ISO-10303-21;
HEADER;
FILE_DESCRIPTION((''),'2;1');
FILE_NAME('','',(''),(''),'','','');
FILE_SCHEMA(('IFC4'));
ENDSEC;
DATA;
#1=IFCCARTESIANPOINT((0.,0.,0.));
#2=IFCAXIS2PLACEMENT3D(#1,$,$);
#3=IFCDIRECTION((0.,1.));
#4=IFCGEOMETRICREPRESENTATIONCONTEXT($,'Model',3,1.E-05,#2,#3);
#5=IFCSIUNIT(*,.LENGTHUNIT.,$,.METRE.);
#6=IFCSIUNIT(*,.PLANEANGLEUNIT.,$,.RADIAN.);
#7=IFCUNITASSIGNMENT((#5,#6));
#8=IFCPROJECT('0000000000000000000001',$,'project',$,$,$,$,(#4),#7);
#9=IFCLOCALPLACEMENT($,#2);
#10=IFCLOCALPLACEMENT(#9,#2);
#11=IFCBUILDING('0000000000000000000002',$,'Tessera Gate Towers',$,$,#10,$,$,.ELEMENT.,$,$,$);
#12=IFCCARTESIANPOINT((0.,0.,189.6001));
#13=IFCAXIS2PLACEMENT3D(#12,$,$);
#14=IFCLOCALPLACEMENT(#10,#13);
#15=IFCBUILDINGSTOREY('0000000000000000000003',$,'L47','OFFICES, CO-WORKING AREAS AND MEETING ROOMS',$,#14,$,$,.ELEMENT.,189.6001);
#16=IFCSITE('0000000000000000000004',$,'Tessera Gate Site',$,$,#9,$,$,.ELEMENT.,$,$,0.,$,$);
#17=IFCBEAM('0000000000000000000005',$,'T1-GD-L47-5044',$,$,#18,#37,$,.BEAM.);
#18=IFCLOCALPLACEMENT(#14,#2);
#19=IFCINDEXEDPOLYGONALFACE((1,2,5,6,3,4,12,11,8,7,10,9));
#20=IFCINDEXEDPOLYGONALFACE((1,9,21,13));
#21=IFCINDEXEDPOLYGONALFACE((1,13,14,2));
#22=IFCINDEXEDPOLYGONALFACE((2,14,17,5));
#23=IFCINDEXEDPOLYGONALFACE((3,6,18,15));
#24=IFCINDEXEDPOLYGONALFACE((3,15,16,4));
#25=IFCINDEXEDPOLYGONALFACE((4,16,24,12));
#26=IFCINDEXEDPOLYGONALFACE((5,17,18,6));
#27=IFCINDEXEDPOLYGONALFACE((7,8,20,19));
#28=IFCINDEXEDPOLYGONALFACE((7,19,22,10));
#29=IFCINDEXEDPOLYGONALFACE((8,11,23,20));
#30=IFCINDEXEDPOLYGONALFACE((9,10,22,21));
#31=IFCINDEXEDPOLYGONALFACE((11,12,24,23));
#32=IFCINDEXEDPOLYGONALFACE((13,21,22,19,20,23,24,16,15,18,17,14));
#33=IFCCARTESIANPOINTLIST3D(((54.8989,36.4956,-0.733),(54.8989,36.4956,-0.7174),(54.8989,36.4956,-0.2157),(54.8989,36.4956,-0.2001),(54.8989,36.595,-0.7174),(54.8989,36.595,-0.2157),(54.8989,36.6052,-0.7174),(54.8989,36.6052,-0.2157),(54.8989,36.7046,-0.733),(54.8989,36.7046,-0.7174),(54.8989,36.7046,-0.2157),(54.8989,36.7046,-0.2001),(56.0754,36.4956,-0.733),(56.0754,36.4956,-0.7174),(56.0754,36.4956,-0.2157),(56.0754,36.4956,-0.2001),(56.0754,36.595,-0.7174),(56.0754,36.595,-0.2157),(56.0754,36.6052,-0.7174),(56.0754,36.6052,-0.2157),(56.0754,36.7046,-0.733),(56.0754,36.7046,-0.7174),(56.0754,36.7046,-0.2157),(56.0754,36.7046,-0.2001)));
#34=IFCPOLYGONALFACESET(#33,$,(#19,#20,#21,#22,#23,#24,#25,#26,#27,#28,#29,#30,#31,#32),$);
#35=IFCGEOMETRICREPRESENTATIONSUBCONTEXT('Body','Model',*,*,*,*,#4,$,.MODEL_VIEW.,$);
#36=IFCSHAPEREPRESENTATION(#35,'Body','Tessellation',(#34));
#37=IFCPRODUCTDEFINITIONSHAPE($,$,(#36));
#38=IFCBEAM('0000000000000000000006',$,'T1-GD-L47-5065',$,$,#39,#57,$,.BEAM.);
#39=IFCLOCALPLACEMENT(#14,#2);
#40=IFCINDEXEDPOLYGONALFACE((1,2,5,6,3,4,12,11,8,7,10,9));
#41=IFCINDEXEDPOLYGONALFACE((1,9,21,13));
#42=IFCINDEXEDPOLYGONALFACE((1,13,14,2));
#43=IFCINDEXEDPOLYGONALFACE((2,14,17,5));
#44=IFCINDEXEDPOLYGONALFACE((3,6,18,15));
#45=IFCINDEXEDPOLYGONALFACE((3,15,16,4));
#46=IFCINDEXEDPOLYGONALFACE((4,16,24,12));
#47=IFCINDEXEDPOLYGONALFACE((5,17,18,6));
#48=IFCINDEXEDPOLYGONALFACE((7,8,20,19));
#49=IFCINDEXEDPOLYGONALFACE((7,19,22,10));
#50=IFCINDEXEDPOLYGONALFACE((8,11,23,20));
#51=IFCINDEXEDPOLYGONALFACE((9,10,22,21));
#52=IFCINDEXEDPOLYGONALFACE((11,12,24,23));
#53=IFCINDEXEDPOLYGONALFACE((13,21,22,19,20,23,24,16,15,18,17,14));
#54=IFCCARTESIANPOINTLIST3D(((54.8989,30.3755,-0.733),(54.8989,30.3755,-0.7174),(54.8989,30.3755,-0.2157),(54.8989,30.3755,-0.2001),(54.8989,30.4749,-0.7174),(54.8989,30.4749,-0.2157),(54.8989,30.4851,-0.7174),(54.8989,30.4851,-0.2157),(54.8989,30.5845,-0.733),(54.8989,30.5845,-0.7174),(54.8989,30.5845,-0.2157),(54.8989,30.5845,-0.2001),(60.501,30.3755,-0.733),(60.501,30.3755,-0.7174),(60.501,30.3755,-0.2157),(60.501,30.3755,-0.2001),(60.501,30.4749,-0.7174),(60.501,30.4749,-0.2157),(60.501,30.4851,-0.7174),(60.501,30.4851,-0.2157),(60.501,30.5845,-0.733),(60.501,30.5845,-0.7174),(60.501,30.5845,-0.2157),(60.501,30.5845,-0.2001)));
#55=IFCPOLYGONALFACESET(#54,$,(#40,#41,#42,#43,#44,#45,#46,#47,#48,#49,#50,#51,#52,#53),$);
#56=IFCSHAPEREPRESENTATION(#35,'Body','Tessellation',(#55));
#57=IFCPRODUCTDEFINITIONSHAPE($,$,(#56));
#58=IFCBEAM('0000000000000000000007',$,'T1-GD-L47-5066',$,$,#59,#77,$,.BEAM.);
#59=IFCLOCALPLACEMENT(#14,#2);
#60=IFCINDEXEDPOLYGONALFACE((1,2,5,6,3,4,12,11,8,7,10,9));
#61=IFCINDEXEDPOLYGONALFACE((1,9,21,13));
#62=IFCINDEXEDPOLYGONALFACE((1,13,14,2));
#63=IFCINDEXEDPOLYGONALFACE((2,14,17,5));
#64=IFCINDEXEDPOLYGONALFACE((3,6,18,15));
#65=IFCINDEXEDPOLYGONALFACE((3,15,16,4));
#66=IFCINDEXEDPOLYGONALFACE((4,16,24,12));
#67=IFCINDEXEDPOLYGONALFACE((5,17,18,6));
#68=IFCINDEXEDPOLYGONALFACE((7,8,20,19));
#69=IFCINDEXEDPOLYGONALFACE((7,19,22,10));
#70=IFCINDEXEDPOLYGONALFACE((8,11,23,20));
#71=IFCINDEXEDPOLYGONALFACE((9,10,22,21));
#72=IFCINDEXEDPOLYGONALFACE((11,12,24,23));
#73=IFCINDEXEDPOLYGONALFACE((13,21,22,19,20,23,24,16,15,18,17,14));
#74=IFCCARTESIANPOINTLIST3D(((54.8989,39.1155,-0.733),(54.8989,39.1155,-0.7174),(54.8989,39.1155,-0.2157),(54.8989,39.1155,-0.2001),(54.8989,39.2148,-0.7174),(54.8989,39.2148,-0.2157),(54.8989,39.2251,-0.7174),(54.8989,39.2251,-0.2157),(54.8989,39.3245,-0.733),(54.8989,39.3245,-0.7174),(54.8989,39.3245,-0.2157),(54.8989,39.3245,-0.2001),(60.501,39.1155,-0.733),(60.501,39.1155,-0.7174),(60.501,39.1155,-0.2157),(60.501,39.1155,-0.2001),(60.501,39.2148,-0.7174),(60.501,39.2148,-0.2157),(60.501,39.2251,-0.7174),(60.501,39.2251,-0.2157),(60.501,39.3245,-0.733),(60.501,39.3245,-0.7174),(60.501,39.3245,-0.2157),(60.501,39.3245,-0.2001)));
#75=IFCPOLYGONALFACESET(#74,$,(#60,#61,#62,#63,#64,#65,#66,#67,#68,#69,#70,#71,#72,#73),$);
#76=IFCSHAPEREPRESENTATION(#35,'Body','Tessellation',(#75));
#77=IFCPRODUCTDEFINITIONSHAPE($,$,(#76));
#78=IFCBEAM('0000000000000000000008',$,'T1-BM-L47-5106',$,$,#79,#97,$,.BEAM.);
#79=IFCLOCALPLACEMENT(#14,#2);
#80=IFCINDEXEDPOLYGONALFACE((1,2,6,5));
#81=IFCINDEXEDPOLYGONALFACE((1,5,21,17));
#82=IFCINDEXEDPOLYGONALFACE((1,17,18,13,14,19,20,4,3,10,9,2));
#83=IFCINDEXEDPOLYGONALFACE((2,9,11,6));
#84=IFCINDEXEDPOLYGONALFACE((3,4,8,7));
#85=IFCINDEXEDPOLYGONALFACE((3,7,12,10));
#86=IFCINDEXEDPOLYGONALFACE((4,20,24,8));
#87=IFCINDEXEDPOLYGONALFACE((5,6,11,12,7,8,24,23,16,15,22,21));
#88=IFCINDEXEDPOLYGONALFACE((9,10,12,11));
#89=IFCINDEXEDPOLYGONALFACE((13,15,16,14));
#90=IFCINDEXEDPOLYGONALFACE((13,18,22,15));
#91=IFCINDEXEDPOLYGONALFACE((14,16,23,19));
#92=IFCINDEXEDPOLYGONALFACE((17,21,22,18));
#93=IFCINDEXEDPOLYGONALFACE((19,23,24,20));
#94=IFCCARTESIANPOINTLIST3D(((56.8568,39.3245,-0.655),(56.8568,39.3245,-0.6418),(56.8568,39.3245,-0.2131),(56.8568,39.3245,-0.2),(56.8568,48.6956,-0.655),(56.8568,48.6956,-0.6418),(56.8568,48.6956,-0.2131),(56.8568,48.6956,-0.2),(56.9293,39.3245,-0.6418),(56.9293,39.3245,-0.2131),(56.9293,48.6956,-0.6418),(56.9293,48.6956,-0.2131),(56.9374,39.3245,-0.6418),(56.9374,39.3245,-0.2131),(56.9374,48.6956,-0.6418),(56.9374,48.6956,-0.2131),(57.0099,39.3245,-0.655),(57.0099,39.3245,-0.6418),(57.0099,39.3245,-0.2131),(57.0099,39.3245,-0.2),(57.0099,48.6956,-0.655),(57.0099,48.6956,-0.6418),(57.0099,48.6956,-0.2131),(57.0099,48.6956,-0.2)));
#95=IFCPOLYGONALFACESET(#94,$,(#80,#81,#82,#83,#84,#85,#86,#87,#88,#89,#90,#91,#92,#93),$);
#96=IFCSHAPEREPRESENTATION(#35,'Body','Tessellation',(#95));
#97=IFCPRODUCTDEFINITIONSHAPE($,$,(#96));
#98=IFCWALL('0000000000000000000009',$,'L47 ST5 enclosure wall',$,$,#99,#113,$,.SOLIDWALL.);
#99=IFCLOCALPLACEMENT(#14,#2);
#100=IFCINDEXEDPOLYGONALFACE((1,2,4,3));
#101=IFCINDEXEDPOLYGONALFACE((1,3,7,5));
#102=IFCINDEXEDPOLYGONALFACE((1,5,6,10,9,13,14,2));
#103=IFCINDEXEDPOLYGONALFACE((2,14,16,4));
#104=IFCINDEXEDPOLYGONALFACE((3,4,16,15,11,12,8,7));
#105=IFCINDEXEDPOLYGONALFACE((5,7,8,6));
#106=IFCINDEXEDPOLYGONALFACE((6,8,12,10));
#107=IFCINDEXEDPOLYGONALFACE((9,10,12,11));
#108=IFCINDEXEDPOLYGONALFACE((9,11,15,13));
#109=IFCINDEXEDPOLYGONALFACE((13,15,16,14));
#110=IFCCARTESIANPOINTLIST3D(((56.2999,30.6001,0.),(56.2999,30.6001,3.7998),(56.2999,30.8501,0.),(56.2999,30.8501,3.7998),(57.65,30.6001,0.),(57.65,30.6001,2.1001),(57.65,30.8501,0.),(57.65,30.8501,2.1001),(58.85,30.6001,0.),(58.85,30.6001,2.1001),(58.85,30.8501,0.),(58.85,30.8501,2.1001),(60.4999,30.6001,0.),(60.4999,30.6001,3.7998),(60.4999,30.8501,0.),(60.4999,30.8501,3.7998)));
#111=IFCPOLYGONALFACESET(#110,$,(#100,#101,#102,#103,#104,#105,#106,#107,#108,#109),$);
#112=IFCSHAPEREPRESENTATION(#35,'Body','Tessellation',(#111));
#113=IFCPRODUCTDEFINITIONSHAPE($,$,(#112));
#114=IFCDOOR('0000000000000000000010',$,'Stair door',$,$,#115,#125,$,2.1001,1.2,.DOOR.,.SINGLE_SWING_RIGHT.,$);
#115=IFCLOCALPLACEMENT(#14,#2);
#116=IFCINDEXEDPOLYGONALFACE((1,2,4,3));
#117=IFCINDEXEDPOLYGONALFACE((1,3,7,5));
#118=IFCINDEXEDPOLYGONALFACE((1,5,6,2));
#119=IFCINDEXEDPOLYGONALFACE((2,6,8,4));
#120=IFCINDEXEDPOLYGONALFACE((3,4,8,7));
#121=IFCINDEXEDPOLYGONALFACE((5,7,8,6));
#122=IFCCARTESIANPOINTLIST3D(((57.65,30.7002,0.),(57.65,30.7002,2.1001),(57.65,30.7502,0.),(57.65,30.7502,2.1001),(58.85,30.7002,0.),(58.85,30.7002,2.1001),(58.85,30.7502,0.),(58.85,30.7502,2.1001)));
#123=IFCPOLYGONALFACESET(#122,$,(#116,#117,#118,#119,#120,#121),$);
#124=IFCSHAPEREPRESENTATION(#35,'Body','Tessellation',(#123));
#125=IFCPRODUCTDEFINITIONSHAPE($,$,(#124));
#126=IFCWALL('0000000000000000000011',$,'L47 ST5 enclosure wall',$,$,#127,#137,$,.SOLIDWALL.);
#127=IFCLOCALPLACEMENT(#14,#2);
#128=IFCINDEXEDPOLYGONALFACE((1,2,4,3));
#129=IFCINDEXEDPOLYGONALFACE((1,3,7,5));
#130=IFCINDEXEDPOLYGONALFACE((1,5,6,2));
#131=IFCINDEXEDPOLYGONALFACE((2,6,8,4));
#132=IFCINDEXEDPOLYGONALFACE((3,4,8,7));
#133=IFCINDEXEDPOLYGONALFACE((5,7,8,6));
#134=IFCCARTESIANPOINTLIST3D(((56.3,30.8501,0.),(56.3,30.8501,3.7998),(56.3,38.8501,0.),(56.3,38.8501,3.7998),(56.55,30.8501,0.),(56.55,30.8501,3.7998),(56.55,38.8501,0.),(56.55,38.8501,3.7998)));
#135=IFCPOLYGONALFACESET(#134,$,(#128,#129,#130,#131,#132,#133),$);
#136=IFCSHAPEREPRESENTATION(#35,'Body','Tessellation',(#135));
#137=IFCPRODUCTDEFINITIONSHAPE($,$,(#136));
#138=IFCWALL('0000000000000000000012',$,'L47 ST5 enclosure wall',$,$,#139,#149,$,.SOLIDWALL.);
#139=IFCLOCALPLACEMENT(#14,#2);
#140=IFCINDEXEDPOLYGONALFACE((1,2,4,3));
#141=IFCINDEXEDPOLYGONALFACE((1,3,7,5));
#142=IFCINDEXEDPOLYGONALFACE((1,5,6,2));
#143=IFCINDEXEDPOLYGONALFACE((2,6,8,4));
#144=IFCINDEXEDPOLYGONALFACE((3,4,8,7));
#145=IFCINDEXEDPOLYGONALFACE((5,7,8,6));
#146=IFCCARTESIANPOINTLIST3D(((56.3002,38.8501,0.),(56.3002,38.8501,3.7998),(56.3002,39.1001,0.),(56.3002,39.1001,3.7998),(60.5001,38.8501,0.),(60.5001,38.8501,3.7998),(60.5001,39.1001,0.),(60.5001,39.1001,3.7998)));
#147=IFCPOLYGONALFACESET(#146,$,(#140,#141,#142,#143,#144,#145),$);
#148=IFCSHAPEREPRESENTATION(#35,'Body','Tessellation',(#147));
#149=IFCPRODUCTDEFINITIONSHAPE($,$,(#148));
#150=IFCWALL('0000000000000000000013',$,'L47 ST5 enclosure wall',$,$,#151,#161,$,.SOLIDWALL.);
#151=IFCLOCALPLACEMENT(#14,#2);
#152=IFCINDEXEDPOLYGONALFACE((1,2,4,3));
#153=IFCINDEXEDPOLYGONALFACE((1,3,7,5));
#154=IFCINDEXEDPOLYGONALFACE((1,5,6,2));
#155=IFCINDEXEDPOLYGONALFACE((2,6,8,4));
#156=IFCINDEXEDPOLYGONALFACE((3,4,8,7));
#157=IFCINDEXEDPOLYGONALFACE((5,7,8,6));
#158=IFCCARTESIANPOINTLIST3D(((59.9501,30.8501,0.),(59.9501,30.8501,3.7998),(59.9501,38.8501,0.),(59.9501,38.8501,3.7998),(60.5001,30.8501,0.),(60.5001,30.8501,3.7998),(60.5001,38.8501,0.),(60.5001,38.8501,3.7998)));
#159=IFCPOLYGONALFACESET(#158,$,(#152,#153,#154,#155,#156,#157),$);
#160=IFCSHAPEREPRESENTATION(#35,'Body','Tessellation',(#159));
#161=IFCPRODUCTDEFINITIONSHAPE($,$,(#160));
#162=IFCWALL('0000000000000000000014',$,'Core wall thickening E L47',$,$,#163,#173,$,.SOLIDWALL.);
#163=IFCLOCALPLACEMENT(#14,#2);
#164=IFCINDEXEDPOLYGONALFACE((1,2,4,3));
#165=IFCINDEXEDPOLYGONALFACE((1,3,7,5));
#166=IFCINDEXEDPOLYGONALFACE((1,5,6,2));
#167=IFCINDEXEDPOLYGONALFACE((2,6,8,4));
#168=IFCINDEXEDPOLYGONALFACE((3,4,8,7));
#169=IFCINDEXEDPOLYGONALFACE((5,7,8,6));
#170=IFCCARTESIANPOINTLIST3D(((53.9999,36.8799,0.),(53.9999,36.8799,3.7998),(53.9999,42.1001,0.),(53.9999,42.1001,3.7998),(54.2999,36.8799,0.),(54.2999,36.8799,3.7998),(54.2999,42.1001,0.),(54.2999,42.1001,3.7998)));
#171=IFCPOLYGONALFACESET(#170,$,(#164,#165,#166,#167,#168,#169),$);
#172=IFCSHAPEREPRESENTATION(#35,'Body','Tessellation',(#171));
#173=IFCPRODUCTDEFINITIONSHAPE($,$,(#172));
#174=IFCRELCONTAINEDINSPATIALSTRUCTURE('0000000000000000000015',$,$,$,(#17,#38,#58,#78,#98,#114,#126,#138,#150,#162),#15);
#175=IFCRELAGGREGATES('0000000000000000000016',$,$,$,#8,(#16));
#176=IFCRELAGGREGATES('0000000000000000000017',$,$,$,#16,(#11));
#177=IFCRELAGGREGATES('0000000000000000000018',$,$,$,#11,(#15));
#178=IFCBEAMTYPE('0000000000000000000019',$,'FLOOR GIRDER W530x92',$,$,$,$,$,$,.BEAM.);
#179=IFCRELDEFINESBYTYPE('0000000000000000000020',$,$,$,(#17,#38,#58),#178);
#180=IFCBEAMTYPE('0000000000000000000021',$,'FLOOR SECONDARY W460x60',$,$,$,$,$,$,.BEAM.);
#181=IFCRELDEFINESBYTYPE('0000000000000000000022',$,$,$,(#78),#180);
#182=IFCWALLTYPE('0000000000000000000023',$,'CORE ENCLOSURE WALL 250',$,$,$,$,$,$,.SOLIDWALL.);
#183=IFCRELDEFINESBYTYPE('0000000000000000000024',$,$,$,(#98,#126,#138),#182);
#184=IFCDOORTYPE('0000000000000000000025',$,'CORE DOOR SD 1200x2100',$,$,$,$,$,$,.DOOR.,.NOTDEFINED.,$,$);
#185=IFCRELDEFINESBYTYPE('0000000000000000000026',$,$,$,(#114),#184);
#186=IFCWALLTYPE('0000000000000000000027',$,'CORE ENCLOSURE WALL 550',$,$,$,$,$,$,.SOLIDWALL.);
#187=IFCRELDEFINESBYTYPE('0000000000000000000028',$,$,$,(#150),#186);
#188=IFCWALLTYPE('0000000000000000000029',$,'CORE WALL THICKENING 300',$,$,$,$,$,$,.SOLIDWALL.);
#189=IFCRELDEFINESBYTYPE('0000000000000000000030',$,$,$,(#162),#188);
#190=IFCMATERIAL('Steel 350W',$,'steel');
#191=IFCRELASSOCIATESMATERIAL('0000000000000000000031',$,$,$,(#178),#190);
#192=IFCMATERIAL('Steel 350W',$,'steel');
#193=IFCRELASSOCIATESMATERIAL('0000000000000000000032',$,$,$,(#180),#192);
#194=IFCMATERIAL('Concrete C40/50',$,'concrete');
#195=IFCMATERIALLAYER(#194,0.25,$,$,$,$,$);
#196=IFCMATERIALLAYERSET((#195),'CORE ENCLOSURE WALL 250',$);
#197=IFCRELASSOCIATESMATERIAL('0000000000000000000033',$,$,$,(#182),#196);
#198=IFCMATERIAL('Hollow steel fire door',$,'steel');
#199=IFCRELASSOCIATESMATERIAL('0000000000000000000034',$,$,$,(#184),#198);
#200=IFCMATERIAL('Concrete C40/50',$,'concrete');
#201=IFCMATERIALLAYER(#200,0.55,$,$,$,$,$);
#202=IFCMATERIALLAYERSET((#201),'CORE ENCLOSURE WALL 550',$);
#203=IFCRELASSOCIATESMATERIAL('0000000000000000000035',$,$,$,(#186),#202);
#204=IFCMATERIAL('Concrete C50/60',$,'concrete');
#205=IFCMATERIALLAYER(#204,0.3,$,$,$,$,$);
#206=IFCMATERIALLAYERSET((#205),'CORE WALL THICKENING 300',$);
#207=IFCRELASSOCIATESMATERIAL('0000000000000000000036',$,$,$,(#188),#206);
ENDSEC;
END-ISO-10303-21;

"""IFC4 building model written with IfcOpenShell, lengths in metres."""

from ifc_helpers import new_model, si_unit, direction, frame, frame_2d, origin, origin_2d, place, context, subcontext, project, spatial, rectangle, i_section, extrude, source, transform, mapped, material, layer, layer_set, material_profile, profile_set, type_object, element, fill, save


model = new_model("IFC4")

# Units and contexts
model_context = context("Model", 3, precision=1e-05, world=origin(), true_north=direction((0.0, 1.0)))
body_context = subcontext(model_context, "Body", "Model", "MODEL_VIEW")
ifc_project = project(units=[si_unit("LENGTHUNIT", "METRE"), si_unit("PLANEANGLEUNIT", "RADIAN")], contexts=[model_context])

# Site, building, storey
site_placement = place(None, origin())
site = spatial("IfcSite", under=ifc_project, at=site_placement, Name="Tessera Gate Site", CompositionType="ELEMENT", RefElevation=0.0)
building_placement = place(site_placement, origin())
building = spatial("IfcBuilding", under=site, at=building_placement, Name="Tessera Gate Towers", CompositionType="ELEMENT")
storey_placement = place(building_placement, frame((0.0, 0.0, 189.6001)))
storey = spatial("IfcBuildingStorey", under=building, at=storey_placement, Name="L47", Description="OFFICES, CO-WORKING AREAS AND MEETING ROOMS", CompositionType="ELEMENT", Elevation=189.6001)

# Beams
ifc_material_1 = material(Name="Steel 350W", Category="steel")
ifc_material_profile_1 = material_profile(ifc_material_1, i_section(OverallWidth=0.209, OverallDepth=0.533, WebThickness=0.0103, FlangeThickness=0.0156, at=origin_2d()), Name="W530x92")
ifc_profile_set_1 = profile_set([ifc_material_profile_1], Name="Steel 350W")
beam_type_1 = type_object("IfcBeamType", Name="FLOOR GIRDER W530x92", PredefinedType="BEAM", material=ifc_profile_set_1)
beam_1_placement = place(storey_placement, frame((54.8989, 36.6001, -0.4666), z_axis=(1.0, 0.0, 0.0), x_axis=(0.0, 1.0, 0.0)))
element("IfcBeam", 1, at=beam_1_placement, inside=storey, type_object=beam_type_1, Name="T1-GD-L47-5044", PredefinedType="BEAM", context=body_context, shape_type="SweptSolid", body=[
    extrude(i_section(OverallWidth=0.209, OverallDepth=0.533, WebThickness=0.0103, FlangeThickness=0.0156, at=origin_2d()), origin(), (0.0, 0.0, 1.0), 1.1765),
])
for number, where, z_axis, x_axis, name in (
    (2, (54.8989, 30.48, -0.4666), (1.0, 0.0, 0.0), (0.0, 1.0, 0.0), "T1-GD-L47-5065"),
    (3, (54.8989, 39.22, -0.4666), (1.0, 0.0, 0.0), (0.0, 1.0, 0.0), "T1-GD-L47-5066"),
):
    element("IfcBeam", number, at=place(storey_placement, frame(where, z_axis=z_axis, x_axis=x_axis)), inside=storey, type_object=beam_type_1, Name=name, PredefinedType="BEAM", context=body_context, shape_type="SweptSolid", body=[
        extrude(i_section(OverallWidth=0.209, OverallDepth=0.533, WebThickness=0.0103, FlangeThickness=0.0156, at=origin_2d()), origin(), (0.0, 0.0, 1.0), 5.6021),
    ])
ifc_material_2 = material(Name="Steel 350W", Category="steel")
ifc_material_profile_2 = material_profile(ifc_material_2, i_section(OverallWidth=0.1531, OverallDepth=0.4551, WebThickness=0.0081, FlangeThickness=0.0132, at=origin_2d()), Name="W460x60")
ifc_profile_set_2 = profile_set([ifc_material_profile_2], Name="Steel 350W")
beam_type_2 = type_object("IfcBeamType", Name="FLOOR SECONDARY W460x60", PredefinedType="BEAM", material=ifc_profile_set_2)
beam_2_placement = place(storey_placement, frame((56.9333, 39.3245, -0.4275), z_axis=(0.0, 1.0, 0.0), x_axis=(-1.0, 0.0, 0.0)))
element("IfcBeam", 4, at=beam_2_placement, inside=storey, type_object=beam_type_2, Name="T1-BM-L47-5106", PredefinedType="BEAM", context=body_context, shape_type="SweptSolid", body=[
    extrude(i_section(OverallWidth=0.1531, OverallDepth=0.4551, WebThickness=0.0081, FlangeThickness=0.0132, at=origin_2d()), origin(), (0.0, 0.0, 1.0), 9.3711),
])

# Wall, opening, door
ifc_material_3 = material(Name="Concrete C40/50", Category="concrete")
ifc_layer_1 = layer(ifc_material_3, 0.25)
ifc_layer_set_1 = layer_set([ifc_layer_1], Name="CORE ENCLOSURE WALL 250")
wall_type_1 = type_object("IfcWallType", Name="CORE ENCLOSURE WALL 250", PredefinedType="SOLIDWALL", material=ifc_layer_set_1)
wall_1_placement = place(storey_placement, frame((60.5, 30.7251, 0.0), z_axis=(0.0, 0.0, 1.0), x_axis=(-1.0, 0.0, 0.0)))
wall_1 = element("IfcWall", 5, at=wall_1_placement, inside=storey, type_object=wall_type_1, Name="L47 ST5 enclosure wall", PredefinedType="SOLIDWALL", context=body_context, shape_type="SweptSolid", body=[
    extrude(rectangle(XDim=4.2, YDim=0.25, at=frame_2d((2.1001, 0.0))), origin(), (0.0, 0.0, 1.0), 3.7998),
])
shared_shape_1 = source(origin(), body_context, "Body", "SweptSolid", [
    extrude(rectangle(XDim=1.2, YDim=2.1001, at=frame_2d((0.6001, 1.05))), frame((0.0, 0.135, 0.0), z_axis=(0.0, -1.0, 0.0), x_axis=(1.0, 0.0, 0.0)), (0.0, 0.0, 1.0), 0.27),
])
opening_1_placement = place(wall_1_placement, frame((1.6499, 0.0, 0.0)))
opening_1 = element("IfcOpeningElement", 6, at=opening_1_placement, cuts=wall_1, PredefinedType="OPENING", context=body_context, shape_type="MappedRepresentation", body=[
    mapped(shared_shape_1, transform((0.0, 0.0, 0.0), scale=1.0)),
])
ifc_material_4 = material(Name="Hollow steel fire door", Category="steel")
door_type_1 = type_object("IfcDoorType", Name="CORE DOOR SD 1200x2100", OperationType="NOTDEFINED", PredefinedType="DOOR", material=ifc_material_4)
shared_shape_2 = source(origin(), body_context, "Body", "SweptSolid", [
    extrude(rectangle(XDim=1.2, YDim=2.1001, at=frame_2d((0.6001, 1.05))), frame((0.0, 0.0249, 0.0), z_axis=(0.0, -1.0, 0.0), x_axis=(1.0, 0.0, 0.0)), (0.0, 0.0, 1.0), 0.05),
])
door_1_placement = place(opening_1_placement, origin())
door_1 = element("IfcDoor", 7, at=door_1_placement, inside=storey, type_object=door_type_1, Name="Stair door", OperationType="SINGLE_SWING_RIGHT", OverallHeight=2.1001, OverallWidth=1.2, PredefinedType="DOOR", context=body_context, shape_type="MappedRepresentation", body=[
    mapped(shared_shape_2, transform((0.0, 0.0, 0.0), scale=1.0)),
])
fill(opening_1, door_1)

# Walls
wall_2_placement = place(storey_placement, frame((56.425, 30.8501, 0.0), z_axis=(0.0, 0.0, 1.0), x_axis=(0.0, 1.0, 0.0)))
element("IfcWall", 8, at=wall_2_placement, inside=storey, type_object=wall_type_1, Name="L47 ST5 enclosure wall", PredefinedType="SOLIDWALL", context=body_context, shape_type="SweptSolid", body=[
    extrude(rectangle(XDim=8.0, YDim=0.25, at=frame_2d((4.0, 0.0))), origin(), (0.0, 0.0, 1.0), 3.7998),
])
wall_3_placement = place(storey_placement, frame((56.3, 38.9751, 0.0), z_axis=(0.0, 0.0, 1.0), x_axis=(1.0, 0.0, 0.0)))
element("IfcWall", 9, at=wall_3_placement, inside=storey, type_object=wall_type_1, Name="L47 ST5 enclosure wall", PredefinedType="SOLIDWALL", context=body_context, shape_type="SweptSolid", body=[
    extrude(rectangle(XDim=4.2, YDim=0.25, at=frame_2d((2.1001, 0.0))), origin(), (0.0, 0.0, 1.0), 3.7998),
])
ifc_material_5 = material(Name="Concrete C40/50", Category="concrete")
ifc_layer_2 = layer(ifc_material_5, 0.55)
ifc_layer_set_2 = layer_set([ifc_layer_2], Name="CORE ENCLOSURE WALL 550")
wall_type_2 = type_object("IfcWallType", Name="CORE ENCLOSURE WALL 550", PredefinedType="SOLIDWALL", material=ifc_layer_set_2)
wall_4_placement = place(storey_placement, frame((60.2251, 38.8501, 0.0), z_axis=(0.0, 0.0, 1.0), x_axis=(0.0, -1.0, 0.0)))
element("IfcWall", 10, at=wall_4_placement, inside=storey, type_object=wall_type_2, Name="L47 ST5 enclosure wall", PredefinedType="SOLIDWALL", context=body_context, shape_type="SweptSolid", body=[
    extrude(rectangle(XDim=8.0, YDim=0.55, at=frame_2d((4.0, 0.0))), origin(), (0.0, 0.0, 1.0), 3.7998),
])
ifc_material_6 = material(Name="Concrete C50/60", Category="concrete")
ifc_layer_3 = layer(ifc_material_6, 0.3)
ifc_layer_set_3 = layer_set([ifc_layer_3], Name="CORE WALL THICKENING 300")
wall_type_3 = type_object("IfcWallType", Name="CORE WALL THICKENING 300", PredefinedType="SOLIDWALL", material=ifc_layer_set_3)
wall_5_placement = place(storey_placement, frame((54.1499, 36.8799, 0.0), z_axis=(0.0, 0.0, 1.0), x_axis=(0.0, 1.0, 0.0)))
element("IfcWall", 11, at=wall_5_placement, inside=storey, type_object=wall_type_3, Name="Core wall thickening E L47", PredefinedType="SOLIDWALL", context=body_context, shape_type="SweptSolid", body=[
    extrude(rectangle(XDim=5.2202, YDim=0.3, at=frame_2d((2.6101, 0.0))), origin(), (0.0, 0.0, 1.0), 3.7998),
])

save(model, "model.ifc")
